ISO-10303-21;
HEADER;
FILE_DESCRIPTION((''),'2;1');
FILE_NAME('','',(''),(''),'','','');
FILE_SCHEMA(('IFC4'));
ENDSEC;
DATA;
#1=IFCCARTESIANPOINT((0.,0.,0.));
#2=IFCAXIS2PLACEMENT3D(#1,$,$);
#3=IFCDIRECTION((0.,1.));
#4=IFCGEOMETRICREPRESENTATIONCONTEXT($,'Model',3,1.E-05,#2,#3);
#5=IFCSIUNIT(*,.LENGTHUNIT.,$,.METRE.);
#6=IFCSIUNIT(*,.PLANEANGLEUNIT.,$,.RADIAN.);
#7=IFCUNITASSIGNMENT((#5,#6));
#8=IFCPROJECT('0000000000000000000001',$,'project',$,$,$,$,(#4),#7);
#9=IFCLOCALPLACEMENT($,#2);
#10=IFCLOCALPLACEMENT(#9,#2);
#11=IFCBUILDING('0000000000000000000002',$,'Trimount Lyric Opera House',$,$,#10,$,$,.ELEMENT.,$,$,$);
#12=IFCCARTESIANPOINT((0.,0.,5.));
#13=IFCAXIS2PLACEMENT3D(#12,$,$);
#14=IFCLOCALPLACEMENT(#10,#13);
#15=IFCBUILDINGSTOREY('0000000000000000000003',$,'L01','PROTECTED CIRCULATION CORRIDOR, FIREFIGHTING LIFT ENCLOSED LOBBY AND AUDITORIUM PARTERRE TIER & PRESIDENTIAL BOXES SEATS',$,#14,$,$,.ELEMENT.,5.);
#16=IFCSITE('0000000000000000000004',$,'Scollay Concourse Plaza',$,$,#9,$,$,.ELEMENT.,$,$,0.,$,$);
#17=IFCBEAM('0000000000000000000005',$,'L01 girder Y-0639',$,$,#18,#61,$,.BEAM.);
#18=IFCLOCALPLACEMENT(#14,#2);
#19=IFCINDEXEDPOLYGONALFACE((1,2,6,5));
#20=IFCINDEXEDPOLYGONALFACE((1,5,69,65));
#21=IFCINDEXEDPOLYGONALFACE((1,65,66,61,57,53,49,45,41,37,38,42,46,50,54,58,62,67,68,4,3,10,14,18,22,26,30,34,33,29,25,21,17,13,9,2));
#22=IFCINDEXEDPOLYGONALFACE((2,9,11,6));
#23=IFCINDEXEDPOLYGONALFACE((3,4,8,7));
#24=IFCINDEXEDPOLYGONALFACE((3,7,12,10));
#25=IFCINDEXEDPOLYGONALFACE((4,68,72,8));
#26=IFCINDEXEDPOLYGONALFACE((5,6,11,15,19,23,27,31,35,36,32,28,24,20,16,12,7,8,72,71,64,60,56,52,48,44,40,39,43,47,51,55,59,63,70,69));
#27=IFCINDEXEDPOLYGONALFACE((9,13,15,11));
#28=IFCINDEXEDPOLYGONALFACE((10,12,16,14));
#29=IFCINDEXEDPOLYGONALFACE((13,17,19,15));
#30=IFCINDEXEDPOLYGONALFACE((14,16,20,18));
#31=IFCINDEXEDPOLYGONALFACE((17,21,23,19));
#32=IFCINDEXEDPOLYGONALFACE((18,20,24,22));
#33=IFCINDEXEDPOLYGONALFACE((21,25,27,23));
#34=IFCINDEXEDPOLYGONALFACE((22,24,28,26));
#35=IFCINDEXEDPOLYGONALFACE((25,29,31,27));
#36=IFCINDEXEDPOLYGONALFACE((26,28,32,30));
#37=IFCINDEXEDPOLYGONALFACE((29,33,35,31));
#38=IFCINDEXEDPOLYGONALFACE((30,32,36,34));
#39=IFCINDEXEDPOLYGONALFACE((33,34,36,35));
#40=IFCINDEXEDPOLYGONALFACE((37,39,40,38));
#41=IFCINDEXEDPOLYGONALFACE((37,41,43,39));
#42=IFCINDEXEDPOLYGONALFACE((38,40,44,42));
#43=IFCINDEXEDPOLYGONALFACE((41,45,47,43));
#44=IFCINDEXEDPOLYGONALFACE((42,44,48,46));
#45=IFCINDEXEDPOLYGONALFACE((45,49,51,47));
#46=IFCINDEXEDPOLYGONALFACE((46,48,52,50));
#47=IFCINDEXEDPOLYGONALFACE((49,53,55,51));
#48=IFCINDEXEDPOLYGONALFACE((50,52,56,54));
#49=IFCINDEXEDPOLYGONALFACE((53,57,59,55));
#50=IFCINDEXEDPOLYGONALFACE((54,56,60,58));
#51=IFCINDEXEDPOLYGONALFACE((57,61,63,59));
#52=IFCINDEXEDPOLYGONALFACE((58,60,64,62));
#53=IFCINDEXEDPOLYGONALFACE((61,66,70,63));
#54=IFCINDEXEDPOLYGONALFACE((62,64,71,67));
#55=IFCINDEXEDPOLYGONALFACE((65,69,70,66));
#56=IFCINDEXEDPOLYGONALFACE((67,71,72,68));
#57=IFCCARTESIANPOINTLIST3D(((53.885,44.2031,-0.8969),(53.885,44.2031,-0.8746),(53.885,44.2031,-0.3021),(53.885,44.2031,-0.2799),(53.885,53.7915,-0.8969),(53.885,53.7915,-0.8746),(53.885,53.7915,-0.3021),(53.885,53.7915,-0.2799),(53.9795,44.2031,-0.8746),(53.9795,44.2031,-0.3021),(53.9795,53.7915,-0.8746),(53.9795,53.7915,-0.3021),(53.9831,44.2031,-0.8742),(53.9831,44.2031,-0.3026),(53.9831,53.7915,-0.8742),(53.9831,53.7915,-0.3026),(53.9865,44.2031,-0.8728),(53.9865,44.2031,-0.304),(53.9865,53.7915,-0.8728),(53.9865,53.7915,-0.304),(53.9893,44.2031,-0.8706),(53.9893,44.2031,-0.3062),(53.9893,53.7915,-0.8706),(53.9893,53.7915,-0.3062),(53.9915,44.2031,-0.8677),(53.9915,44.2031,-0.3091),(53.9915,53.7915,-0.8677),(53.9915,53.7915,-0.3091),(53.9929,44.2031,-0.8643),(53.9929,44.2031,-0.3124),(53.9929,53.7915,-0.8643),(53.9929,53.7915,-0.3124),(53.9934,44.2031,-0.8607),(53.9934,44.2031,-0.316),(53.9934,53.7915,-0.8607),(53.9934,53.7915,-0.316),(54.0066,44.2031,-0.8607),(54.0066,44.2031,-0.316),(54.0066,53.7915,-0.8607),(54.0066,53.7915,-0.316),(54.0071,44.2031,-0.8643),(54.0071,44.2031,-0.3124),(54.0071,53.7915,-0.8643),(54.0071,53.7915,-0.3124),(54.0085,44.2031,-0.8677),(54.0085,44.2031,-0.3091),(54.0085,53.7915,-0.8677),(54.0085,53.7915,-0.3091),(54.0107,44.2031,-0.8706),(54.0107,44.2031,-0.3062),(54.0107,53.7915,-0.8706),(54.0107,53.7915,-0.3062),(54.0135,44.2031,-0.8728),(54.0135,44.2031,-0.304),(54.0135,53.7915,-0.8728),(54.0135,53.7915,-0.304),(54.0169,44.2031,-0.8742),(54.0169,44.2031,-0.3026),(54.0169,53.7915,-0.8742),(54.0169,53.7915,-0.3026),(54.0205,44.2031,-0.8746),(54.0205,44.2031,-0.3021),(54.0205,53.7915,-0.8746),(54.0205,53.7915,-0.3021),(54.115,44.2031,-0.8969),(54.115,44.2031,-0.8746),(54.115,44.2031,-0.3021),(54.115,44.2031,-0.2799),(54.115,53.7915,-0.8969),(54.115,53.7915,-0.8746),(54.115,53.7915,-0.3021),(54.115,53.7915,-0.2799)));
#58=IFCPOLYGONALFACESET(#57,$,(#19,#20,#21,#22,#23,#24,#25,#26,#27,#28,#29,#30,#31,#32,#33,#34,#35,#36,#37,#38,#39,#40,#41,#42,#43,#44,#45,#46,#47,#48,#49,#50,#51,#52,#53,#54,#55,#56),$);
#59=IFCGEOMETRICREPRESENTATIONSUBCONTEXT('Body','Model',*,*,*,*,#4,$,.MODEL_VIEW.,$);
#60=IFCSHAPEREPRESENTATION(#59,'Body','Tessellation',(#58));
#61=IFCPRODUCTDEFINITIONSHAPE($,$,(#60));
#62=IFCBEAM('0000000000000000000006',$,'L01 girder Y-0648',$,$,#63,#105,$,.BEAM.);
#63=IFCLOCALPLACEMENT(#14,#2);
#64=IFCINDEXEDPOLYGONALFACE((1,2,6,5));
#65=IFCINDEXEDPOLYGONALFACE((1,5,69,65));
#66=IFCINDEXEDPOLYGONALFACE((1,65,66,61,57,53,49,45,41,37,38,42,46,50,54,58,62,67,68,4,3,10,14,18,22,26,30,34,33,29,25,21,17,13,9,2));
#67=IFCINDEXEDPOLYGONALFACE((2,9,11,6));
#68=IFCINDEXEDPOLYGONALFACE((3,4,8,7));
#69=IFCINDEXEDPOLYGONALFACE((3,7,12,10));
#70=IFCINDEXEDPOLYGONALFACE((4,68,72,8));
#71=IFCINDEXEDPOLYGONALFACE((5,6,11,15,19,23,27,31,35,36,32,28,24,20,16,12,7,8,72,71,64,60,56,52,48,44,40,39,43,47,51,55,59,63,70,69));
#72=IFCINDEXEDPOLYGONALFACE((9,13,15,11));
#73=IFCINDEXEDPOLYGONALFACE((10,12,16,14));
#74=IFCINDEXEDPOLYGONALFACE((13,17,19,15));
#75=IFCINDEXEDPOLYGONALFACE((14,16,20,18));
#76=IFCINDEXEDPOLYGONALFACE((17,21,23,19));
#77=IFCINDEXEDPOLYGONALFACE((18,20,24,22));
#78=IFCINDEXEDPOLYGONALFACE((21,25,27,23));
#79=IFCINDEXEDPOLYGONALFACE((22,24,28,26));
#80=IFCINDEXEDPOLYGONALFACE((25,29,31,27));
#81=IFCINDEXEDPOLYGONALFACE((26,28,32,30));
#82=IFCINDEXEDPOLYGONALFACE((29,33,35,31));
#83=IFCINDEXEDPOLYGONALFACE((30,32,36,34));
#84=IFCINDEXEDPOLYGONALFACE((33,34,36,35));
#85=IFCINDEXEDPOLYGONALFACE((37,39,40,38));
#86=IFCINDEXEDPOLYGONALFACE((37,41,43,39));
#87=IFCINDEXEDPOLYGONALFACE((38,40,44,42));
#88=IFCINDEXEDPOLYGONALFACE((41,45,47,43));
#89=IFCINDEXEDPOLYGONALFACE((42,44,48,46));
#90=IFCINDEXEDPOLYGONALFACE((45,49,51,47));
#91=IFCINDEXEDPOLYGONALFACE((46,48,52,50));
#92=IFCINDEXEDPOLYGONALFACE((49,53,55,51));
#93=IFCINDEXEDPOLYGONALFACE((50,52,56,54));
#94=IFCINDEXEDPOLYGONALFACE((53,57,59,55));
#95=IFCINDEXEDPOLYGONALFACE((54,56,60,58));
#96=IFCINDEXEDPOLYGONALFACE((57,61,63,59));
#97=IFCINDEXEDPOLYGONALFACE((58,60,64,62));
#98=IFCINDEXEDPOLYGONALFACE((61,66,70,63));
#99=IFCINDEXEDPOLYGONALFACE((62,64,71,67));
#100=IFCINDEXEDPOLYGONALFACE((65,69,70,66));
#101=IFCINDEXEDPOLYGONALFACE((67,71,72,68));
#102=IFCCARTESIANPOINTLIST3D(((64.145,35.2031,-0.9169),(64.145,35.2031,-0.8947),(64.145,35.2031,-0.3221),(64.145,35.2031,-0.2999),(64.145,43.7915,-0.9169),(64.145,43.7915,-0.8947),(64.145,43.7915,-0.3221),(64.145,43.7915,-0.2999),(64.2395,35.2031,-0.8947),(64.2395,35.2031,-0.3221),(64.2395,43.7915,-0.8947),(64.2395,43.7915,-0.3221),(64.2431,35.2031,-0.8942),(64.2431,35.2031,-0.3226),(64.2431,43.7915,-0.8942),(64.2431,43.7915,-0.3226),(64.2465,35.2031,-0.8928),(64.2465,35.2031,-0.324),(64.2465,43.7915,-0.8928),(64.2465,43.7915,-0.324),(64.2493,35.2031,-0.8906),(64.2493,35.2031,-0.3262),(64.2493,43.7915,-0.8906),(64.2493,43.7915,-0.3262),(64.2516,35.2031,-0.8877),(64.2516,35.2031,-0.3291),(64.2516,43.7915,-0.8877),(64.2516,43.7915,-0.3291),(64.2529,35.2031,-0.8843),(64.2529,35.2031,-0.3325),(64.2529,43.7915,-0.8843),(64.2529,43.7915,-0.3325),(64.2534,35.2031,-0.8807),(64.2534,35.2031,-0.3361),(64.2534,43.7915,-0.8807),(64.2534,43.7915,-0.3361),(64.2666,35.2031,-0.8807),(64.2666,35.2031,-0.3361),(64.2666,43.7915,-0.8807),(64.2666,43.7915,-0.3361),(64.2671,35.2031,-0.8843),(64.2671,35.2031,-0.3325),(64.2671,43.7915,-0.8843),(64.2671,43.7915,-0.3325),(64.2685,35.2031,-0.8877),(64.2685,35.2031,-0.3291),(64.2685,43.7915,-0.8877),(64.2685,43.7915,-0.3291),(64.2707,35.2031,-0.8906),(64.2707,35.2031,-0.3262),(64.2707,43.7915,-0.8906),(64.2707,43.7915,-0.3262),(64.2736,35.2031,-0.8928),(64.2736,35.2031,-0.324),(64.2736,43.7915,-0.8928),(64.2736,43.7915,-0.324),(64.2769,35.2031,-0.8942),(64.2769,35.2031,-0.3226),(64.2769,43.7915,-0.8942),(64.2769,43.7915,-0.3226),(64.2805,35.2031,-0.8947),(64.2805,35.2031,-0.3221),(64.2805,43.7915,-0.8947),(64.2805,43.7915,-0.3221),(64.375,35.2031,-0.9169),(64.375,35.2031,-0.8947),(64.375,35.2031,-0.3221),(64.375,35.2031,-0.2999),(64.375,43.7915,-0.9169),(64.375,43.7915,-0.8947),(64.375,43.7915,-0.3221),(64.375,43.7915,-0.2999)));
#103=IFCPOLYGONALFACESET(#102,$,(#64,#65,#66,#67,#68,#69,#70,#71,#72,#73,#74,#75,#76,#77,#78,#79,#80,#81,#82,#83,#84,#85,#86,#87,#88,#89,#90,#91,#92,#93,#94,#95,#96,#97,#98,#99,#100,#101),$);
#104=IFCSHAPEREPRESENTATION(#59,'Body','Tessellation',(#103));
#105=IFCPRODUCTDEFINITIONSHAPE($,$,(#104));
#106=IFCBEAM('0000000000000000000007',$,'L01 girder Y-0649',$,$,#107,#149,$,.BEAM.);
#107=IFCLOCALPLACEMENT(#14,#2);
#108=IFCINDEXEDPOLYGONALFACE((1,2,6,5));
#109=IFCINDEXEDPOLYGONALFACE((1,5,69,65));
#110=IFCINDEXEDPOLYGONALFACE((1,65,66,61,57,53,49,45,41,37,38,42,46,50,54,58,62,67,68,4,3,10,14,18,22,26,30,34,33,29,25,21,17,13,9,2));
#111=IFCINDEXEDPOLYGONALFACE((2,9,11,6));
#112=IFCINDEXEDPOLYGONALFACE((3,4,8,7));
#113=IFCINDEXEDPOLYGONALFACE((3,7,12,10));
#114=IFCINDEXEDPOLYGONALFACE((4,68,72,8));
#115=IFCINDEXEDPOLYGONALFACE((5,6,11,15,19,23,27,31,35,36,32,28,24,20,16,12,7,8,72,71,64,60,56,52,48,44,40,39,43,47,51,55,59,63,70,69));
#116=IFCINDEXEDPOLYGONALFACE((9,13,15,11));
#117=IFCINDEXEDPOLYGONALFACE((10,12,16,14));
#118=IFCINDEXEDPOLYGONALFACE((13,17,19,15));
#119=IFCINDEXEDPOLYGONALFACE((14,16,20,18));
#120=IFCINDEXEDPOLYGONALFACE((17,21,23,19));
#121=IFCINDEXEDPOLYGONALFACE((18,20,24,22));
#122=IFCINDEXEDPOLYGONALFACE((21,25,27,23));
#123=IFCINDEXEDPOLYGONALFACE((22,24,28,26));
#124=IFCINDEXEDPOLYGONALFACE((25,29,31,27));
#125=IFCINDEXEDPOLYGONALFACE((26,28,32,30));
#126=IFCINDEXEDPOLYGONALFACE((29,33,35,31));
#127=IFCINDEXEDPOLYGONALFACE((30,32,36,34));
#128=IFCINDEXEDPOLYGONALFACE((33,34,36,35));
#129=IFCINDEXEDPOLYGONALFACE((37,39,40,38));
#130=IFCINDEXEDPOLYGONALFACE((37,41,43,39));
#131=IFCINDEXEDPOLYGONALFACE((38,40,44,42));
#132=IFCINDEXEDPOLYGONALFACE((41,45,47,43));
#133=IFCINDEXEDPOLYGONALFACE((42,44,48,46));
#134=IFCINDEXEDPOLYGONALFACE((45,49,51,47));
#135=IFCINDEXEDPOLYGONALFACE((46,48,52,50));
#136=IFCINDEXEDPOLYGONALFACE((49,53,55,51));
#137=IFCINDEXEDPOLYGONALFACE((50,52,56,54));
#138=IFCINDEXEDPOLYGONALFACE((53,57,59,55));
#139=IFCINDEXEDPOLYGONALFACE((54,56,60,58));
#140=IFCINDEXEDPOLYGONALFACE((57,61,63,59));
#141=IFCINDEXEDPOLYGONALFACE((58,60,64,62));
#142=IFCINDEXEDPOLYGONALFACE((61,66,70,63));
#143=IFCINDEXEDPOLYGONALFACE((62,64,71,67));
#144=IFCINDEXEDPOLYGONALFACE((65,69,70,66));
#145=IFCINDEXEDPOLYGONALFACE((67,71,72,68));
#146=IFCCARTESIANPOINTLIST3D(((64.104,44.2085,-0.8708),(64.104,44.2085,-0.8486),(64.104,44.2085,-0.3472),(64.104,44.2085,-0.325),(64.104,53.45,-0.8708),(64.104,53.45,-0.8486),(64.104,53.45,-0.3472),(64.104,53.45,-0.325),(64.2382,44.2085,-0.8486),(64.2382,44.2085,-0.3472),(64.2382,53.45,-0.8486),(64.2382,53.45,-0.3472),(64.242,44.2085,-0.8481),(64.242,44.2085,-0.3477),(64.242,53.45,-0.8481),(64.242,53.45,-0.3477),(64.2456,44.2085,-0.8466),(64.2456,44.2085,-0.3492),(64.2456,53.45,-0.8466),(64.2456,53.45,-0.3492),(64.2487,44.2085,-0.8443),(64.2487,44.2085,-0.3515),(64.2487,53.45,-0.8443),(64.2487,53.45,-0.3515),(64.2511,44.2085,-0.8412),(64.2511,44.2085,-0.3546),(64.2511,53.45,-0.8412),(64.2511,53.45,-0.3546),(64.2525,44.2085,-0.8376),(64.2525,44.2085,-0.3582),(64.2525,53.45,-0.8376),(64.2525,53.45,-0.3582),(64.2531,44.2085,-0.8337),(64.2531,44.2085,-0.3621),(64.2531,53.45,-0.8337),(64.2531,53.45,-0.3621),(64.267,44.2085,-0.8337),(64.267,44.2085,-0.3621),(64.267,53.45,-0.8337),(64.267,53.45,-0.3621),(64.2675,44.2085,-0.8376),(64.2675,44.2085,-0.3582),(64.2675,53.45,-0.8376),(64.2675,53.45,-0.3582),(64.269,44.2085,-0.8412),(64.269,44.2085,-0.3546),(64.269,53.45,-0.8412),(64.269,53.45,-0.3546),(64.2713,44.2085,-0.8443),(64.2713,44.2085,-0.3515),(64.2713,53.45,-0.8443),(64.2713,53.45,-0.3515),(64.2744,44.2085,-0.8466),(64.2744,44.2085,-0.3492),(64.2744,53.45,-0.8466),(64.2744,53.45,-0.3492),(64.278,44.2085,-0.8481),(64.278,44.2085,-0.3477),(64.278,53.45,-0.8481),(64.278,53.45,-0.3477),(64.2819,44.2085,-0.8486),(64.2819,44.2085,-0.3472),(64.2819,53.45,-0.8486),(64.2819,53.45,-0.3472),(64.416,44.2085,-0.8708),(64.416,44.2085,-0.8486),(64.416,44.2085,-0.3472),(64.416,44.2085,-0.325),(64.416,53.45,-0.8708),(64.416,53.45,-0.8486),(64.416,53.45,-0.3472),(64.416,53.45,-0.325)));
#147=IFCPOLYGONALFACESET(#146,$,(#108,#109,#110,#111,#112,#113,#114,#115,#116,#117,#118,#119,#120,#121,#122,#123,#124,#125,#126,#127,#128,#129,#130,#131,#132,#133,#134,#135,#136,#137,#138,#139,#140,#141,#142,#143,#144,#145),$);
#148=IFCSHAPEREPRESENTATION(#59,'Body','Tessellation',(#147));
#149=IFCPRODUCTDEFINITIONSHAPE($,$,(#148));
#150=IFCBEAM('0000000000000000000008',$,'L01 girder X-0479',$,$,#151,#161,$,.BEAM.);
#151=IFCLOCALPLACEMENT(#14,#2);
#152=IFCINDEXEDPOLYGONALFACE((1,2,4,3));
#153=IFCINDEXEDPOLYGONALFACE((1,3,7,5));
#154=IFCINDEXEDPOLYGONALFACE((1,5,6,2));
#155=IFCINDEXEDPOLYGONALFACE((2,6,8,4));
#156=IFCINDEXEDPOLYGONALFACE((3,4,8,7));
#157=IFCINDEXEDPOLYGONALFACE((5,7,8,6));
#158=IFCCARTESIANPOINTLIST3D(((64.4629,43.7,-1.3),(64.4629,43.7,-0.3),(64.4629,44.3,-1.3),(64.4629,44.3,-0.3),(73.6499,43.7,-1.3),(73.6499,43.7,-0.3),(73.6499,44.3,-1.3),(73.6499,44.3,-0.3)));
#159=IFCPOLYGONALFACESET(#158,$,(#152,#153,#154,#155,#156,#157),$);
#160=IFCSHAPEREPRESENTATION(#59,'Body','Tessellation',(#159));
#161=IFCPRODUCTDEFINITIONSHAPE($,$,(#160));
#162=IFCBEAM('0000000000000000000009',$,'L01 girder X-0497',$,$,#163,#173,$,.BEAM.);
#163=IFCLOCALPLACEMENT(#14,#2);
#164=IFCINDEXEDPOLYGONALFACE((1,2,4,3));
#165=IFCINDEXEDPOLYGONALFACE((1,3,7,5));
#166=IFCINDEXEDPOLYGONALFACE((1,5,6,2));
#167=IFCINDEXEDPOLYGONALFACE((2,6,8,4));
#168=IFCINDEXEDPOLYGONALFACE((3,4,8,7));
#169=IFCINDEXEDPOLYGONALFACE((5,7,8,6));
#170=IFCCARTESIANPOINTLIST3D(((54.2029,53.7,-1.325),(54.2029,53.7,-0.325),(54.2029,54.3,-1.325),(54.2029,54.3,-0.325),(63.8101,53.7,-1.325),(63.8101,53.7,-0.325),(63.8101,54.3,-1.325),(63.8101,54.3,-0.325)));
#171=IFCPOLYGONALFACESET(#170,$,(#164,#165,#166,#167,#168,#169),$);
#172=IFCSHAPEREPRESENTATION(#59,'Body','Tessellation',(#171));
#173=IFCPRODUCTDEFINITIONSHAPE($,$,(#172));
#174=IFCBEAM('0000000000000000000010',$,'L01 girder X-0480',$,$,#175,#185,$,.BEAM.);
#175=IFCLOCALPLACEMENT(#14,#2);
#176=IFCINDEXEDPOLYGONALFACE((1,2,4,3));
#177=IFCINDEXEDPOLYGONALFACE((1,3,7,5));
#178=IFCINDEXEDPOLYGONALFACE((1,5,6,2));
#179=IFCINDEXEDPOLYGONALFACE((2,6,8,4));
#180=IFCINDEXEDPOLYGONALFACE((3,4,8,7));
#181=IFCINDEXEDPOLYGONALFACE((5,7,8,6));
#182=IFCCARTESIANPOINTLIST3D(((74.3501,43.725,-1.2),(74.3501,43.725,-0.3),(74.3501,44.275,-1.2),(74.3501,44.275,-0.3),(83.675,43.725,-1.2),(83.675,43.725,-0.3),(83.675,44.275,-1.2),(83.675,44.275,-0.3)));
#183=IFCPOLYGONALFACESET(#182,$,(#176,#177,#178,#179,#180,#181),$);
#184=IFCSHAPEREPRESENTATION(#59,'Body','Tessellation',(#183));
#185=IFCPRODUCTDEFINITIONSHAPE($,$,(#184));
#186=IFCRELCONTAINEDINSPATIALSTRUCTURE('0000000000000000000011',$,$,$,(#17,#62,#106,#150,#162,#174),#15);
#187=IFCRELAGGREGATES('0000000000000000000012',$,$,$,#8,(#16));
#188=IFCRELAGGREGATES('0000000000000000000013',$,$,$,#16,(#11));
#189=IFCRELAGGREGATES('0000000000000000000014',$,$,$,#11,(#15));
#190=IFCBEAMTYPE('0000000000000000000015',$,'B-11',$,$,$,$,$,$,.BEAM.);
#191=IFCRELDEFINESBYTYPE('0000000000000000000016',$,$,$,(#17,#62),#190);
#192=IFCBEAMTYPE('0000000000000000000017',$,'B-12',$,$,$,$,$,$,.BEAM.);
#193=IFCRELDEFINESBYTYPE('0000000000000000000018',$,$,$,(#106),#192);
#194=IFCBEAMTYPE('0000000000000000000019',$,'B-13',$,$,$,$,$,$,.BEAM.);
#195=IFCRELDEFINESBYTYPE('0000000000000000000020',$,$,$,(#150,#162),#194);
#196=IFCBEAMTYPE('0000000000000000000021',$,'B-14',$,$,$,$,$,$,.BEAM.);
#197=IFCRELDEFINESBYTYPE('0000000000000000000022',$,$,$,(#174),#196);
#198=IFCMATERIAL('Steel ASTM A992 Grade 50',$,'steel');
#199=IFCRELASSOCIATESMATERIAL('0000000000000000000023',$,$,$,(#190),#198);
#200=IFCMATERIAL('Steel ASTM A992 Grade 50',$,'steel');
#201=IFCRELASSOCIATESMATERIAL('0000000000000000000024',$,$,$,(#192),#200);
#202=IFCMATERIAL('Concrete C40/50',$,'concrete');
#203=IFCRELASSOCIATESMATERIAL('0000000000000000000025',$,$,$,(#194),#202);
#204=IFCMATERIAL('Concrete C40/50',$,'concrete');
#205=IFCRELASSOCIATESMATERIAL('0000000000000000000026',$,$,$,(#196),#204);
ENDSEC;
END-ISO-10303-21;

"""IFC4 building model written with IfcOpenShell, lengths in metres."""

from ifc_helpers import new_model, si_unit, direction, frame, origin, origin_2d, place, context, subcontext, project, spatial, rectangle, i_section, extrude, material, material_profile, profile_set, type_object, element, save


model = new_model("IFC4")

# Units and contexts
model_context = context("Model", 3, precision=1e-05, world=origin(), true_north=direction((0.0, 1.0)))
body_context = subcontext(model_context, "Body", "Model", "MODEL_VIEW")
ifc_project = project(units=[si_unit("LENGTHUNIT", "METRE"), si_unit("PLANEANGLEUNIT", "RADIAN")], contexts=[model_context])

# Site, building, storey
site_placement = place(None, origin())
site = spatial("IfcSite", under=ifc_project, at=site_placement, Name="Scollay Concourse Plaza", CompositionType="ELEMENT", RefElevation=0.0)
building_placement = place(site_placement, origin())
building = spatial("IfcBuilding", under=site, at=building_placement, Name="Trimount Lyric Opera House", CompositionType="ELEMENT")
storey_placement = place(building_placement, frame((0.0, 0.0, 5.0)))
storey = spatial("IfcBuildingStorey", under=building, at=storey_placement, Name="L01", Description="PROTECTED CIRCULATION CORRIDOR, FIREFIGHTING LIFT ENCLOSED LOBBY AND AUDITORIUM PARTERRE TIER & PRESIDENTIAL BOXES SEATS", CompositionType="ELEMENT", Elevation=5.0)

# Beams
ifc_material_1 = material(Name="Steel ASTM A992 Grade 50", Category="steel")
ifc_material_profile_1 = material_profile(ifc_material_1, i_section(OverallWidth=0.23, OverallDepth=0.6169, WebThickness=0.0132, FlangeThickness=0.0222, FilletRadius=0.0139, at=origin_2d()), Name="W24X94")
ifc_profile_set_1 = profile_set([ifc_material_profile_1], Name="Steel ASTM A992 Grade 50")
beam_type_1 = type_object("IfcBeamType", Name="B-11", PredefinedType="BEAM", material=ifc_profile_set_1)
beam_1_placement = place(storey_placement, frame((54.0, 44.2031, -0.5884), z_axis=(0.0, 1.0, 0.0), x_axis=(-1.0, 0.0, 0.0)))
element("IfcBeam", 1, at=beam_1_placement, inside=storey, type_object=beam_type_1, Name="L01 girder Y-0639", PredefinedType="BEAM", context=body_context, shape_type="SweptSolid", body=[
    extrude(i_section(OverallWidth=0.23, OverallDepth=0.6169, WebThickness=0.0132, FlangeThickness=0.0222, FilletRadius=0.0139, at=origin_2d()), origin(), (0.0, 0.0, 1.0), 9.5884),
])
beam_2_placement = place(storey_placement, frame((64.26, 35.2031, -0.6084), z_axis=(0.0, 1.0, 0.0), x_axis=(-1.0, 0.0, 0.0)))
element("IfcBeam", 2, at=beam_2_placement, inside=storey, type_object=beam_type_1, Name="L01 girder Y-0648", PredefinedType="BEAM", context=body_context, shape_type="SweptSolid", body=[
    extrude(i_section(OverallWidth=0.23, OverallDepth=0.6169, WebThickness=0.0132, FlangeThickness=0.0222, FilletRadius=0.0139, at=origin_2d()), origin(), (0.0, 0.0, 1.0), 8.5884),
])
ifc_material_2 = material(Name="Steel ASTM A992 Grade 50", Category="steel")
ifc_material_profile_2 = material_profile(ifc_material_2, i_section(OverallWidth=0.312, OverallDepth=0.5459, WebThickness=0.0139, FlangeThickness=0.0222, FilletRadius=0.0149, at=origin_2d()), Name="W21X111")
ifc_profile_set_2 = profile_set([ifc_material_profile_2], Name="Steel ASTM A992 Grade 50")
beam_type_2 = type_object("IfcBeamType", Name="B-12", PredefinedType="BEAM", material=ifc_profile_set_2)
beam_3_placement = place(storey_placement, frame((64.26, 44.2085, -0.5979), z_axis=(0.0, 1.0, 0.0), x_axis=(-1.0, 0.0, 0.0)))
element("IfcBeam", 3, at=beam_3_placement, inside=storey, type_object=beam_type_2, Name="L01 girder Y-0649", PredefinedType="BEAM", context=body_context, shape_type="SweptSolid", body=[
    extrude(i_section(OverallWidth=0.312, OverallDepth=0.5459, WebThickness=0.0139, FlangeThickness=0.0222, FilletRadius=0.0149, at=origin_2d()), origin(), (0.0, 0.0, 1.0), 9.2415),
])
ifc_material_3 = material(Name="Concrete C40/50", Category="concrete")
ifc_material_profile_3 = material_profile(ifc_material_3, rectangle(XDim=0.6001, YDim=1.0, at=origin_2d()), Name="RC600X1000")
ifc_profile_set_3 = profile_set([ifc_material_profile_3], Name="Concrete C40/50")
beam_type_3 = type_object("IfcBeamType", Name="B-13", PredefinedType="BEAM", material=ifc_profile_set_3)
beam_4_placement = place(storey_placement, frame((64.4629, 44.0, -0.8), z_axis=(1.0, 0.0, 0.0), x_axis=(0.0, 1.0, 0.0)))
element("IfcBeam", 4, at=beam_4_placement, inside=storey, type_object=beam_type_3, Name="L01 girder X-0479", PredefinedType="BEAM", context=body_context, shape_type="SweptSolid", body=[
    extrude(rectangle(XDim=0.6001, YDim=1.0, at=origin_2d()), origin(), (0.0, 0.0, 1.0), 9.187),
])
beam_5_placement = place(storey_placement, frame((54.2029, 54.0, -0.825), z_axis=(1.0, 0.0, 0.0), x_axis=(0.0, 1.0, 0.0)))
element("IfcBeam", 5, at=beam_5_placement, inside=storey, type_object=beam_type_3, Name="L01 girder X-0497", PredefinedType="BEAM", context=body_context, shape_type="SweptSolid", body=[
    extrude(rectangle(XDim=0.6001, YDim=1.0, at=origin_2d()), origin(), (0.0, 0.0, 1.0), 9.6072),
])
ifc_material_4 = material(Name="Concrete C40/50", Category="concrete")
ifc_material_profile_4 = material_profile(ifc_material_4, rectangle(XDim=0.55, YDim=0.8999, at=origin_2d()), Name="RC550X900")
ifc_profile_set_4 = profile_set([ifc_material_profile_4], Name="Concrete C40/50")
beam_type_4 = type_object("IfcBeamType", Name="B-14", PredefinedType="BEAM", material=ifc_profile_set_4)
beam_6_placement = place(storey_placement, frame((74.3501, 44.0, -0.75), z_axis=(1.0, 0.0, 0.0), x_axis=(0.0, 1.0, 0.0)))
element("IfcBeam", 6, at=beam_6_placement, inside=storey, type_object=beam_type_4, Name="L01 girder X-0480", PredefinedType="BEAM", context=body_context, shape_type="SweptSolid", body=[
    extrude(rectangle(XDim=0.55, YDim=0.8999, at=origin_2d()), origin(), (0.0, 0.0, 1.0), 9.325),
])

save(model, "model.ifc")
